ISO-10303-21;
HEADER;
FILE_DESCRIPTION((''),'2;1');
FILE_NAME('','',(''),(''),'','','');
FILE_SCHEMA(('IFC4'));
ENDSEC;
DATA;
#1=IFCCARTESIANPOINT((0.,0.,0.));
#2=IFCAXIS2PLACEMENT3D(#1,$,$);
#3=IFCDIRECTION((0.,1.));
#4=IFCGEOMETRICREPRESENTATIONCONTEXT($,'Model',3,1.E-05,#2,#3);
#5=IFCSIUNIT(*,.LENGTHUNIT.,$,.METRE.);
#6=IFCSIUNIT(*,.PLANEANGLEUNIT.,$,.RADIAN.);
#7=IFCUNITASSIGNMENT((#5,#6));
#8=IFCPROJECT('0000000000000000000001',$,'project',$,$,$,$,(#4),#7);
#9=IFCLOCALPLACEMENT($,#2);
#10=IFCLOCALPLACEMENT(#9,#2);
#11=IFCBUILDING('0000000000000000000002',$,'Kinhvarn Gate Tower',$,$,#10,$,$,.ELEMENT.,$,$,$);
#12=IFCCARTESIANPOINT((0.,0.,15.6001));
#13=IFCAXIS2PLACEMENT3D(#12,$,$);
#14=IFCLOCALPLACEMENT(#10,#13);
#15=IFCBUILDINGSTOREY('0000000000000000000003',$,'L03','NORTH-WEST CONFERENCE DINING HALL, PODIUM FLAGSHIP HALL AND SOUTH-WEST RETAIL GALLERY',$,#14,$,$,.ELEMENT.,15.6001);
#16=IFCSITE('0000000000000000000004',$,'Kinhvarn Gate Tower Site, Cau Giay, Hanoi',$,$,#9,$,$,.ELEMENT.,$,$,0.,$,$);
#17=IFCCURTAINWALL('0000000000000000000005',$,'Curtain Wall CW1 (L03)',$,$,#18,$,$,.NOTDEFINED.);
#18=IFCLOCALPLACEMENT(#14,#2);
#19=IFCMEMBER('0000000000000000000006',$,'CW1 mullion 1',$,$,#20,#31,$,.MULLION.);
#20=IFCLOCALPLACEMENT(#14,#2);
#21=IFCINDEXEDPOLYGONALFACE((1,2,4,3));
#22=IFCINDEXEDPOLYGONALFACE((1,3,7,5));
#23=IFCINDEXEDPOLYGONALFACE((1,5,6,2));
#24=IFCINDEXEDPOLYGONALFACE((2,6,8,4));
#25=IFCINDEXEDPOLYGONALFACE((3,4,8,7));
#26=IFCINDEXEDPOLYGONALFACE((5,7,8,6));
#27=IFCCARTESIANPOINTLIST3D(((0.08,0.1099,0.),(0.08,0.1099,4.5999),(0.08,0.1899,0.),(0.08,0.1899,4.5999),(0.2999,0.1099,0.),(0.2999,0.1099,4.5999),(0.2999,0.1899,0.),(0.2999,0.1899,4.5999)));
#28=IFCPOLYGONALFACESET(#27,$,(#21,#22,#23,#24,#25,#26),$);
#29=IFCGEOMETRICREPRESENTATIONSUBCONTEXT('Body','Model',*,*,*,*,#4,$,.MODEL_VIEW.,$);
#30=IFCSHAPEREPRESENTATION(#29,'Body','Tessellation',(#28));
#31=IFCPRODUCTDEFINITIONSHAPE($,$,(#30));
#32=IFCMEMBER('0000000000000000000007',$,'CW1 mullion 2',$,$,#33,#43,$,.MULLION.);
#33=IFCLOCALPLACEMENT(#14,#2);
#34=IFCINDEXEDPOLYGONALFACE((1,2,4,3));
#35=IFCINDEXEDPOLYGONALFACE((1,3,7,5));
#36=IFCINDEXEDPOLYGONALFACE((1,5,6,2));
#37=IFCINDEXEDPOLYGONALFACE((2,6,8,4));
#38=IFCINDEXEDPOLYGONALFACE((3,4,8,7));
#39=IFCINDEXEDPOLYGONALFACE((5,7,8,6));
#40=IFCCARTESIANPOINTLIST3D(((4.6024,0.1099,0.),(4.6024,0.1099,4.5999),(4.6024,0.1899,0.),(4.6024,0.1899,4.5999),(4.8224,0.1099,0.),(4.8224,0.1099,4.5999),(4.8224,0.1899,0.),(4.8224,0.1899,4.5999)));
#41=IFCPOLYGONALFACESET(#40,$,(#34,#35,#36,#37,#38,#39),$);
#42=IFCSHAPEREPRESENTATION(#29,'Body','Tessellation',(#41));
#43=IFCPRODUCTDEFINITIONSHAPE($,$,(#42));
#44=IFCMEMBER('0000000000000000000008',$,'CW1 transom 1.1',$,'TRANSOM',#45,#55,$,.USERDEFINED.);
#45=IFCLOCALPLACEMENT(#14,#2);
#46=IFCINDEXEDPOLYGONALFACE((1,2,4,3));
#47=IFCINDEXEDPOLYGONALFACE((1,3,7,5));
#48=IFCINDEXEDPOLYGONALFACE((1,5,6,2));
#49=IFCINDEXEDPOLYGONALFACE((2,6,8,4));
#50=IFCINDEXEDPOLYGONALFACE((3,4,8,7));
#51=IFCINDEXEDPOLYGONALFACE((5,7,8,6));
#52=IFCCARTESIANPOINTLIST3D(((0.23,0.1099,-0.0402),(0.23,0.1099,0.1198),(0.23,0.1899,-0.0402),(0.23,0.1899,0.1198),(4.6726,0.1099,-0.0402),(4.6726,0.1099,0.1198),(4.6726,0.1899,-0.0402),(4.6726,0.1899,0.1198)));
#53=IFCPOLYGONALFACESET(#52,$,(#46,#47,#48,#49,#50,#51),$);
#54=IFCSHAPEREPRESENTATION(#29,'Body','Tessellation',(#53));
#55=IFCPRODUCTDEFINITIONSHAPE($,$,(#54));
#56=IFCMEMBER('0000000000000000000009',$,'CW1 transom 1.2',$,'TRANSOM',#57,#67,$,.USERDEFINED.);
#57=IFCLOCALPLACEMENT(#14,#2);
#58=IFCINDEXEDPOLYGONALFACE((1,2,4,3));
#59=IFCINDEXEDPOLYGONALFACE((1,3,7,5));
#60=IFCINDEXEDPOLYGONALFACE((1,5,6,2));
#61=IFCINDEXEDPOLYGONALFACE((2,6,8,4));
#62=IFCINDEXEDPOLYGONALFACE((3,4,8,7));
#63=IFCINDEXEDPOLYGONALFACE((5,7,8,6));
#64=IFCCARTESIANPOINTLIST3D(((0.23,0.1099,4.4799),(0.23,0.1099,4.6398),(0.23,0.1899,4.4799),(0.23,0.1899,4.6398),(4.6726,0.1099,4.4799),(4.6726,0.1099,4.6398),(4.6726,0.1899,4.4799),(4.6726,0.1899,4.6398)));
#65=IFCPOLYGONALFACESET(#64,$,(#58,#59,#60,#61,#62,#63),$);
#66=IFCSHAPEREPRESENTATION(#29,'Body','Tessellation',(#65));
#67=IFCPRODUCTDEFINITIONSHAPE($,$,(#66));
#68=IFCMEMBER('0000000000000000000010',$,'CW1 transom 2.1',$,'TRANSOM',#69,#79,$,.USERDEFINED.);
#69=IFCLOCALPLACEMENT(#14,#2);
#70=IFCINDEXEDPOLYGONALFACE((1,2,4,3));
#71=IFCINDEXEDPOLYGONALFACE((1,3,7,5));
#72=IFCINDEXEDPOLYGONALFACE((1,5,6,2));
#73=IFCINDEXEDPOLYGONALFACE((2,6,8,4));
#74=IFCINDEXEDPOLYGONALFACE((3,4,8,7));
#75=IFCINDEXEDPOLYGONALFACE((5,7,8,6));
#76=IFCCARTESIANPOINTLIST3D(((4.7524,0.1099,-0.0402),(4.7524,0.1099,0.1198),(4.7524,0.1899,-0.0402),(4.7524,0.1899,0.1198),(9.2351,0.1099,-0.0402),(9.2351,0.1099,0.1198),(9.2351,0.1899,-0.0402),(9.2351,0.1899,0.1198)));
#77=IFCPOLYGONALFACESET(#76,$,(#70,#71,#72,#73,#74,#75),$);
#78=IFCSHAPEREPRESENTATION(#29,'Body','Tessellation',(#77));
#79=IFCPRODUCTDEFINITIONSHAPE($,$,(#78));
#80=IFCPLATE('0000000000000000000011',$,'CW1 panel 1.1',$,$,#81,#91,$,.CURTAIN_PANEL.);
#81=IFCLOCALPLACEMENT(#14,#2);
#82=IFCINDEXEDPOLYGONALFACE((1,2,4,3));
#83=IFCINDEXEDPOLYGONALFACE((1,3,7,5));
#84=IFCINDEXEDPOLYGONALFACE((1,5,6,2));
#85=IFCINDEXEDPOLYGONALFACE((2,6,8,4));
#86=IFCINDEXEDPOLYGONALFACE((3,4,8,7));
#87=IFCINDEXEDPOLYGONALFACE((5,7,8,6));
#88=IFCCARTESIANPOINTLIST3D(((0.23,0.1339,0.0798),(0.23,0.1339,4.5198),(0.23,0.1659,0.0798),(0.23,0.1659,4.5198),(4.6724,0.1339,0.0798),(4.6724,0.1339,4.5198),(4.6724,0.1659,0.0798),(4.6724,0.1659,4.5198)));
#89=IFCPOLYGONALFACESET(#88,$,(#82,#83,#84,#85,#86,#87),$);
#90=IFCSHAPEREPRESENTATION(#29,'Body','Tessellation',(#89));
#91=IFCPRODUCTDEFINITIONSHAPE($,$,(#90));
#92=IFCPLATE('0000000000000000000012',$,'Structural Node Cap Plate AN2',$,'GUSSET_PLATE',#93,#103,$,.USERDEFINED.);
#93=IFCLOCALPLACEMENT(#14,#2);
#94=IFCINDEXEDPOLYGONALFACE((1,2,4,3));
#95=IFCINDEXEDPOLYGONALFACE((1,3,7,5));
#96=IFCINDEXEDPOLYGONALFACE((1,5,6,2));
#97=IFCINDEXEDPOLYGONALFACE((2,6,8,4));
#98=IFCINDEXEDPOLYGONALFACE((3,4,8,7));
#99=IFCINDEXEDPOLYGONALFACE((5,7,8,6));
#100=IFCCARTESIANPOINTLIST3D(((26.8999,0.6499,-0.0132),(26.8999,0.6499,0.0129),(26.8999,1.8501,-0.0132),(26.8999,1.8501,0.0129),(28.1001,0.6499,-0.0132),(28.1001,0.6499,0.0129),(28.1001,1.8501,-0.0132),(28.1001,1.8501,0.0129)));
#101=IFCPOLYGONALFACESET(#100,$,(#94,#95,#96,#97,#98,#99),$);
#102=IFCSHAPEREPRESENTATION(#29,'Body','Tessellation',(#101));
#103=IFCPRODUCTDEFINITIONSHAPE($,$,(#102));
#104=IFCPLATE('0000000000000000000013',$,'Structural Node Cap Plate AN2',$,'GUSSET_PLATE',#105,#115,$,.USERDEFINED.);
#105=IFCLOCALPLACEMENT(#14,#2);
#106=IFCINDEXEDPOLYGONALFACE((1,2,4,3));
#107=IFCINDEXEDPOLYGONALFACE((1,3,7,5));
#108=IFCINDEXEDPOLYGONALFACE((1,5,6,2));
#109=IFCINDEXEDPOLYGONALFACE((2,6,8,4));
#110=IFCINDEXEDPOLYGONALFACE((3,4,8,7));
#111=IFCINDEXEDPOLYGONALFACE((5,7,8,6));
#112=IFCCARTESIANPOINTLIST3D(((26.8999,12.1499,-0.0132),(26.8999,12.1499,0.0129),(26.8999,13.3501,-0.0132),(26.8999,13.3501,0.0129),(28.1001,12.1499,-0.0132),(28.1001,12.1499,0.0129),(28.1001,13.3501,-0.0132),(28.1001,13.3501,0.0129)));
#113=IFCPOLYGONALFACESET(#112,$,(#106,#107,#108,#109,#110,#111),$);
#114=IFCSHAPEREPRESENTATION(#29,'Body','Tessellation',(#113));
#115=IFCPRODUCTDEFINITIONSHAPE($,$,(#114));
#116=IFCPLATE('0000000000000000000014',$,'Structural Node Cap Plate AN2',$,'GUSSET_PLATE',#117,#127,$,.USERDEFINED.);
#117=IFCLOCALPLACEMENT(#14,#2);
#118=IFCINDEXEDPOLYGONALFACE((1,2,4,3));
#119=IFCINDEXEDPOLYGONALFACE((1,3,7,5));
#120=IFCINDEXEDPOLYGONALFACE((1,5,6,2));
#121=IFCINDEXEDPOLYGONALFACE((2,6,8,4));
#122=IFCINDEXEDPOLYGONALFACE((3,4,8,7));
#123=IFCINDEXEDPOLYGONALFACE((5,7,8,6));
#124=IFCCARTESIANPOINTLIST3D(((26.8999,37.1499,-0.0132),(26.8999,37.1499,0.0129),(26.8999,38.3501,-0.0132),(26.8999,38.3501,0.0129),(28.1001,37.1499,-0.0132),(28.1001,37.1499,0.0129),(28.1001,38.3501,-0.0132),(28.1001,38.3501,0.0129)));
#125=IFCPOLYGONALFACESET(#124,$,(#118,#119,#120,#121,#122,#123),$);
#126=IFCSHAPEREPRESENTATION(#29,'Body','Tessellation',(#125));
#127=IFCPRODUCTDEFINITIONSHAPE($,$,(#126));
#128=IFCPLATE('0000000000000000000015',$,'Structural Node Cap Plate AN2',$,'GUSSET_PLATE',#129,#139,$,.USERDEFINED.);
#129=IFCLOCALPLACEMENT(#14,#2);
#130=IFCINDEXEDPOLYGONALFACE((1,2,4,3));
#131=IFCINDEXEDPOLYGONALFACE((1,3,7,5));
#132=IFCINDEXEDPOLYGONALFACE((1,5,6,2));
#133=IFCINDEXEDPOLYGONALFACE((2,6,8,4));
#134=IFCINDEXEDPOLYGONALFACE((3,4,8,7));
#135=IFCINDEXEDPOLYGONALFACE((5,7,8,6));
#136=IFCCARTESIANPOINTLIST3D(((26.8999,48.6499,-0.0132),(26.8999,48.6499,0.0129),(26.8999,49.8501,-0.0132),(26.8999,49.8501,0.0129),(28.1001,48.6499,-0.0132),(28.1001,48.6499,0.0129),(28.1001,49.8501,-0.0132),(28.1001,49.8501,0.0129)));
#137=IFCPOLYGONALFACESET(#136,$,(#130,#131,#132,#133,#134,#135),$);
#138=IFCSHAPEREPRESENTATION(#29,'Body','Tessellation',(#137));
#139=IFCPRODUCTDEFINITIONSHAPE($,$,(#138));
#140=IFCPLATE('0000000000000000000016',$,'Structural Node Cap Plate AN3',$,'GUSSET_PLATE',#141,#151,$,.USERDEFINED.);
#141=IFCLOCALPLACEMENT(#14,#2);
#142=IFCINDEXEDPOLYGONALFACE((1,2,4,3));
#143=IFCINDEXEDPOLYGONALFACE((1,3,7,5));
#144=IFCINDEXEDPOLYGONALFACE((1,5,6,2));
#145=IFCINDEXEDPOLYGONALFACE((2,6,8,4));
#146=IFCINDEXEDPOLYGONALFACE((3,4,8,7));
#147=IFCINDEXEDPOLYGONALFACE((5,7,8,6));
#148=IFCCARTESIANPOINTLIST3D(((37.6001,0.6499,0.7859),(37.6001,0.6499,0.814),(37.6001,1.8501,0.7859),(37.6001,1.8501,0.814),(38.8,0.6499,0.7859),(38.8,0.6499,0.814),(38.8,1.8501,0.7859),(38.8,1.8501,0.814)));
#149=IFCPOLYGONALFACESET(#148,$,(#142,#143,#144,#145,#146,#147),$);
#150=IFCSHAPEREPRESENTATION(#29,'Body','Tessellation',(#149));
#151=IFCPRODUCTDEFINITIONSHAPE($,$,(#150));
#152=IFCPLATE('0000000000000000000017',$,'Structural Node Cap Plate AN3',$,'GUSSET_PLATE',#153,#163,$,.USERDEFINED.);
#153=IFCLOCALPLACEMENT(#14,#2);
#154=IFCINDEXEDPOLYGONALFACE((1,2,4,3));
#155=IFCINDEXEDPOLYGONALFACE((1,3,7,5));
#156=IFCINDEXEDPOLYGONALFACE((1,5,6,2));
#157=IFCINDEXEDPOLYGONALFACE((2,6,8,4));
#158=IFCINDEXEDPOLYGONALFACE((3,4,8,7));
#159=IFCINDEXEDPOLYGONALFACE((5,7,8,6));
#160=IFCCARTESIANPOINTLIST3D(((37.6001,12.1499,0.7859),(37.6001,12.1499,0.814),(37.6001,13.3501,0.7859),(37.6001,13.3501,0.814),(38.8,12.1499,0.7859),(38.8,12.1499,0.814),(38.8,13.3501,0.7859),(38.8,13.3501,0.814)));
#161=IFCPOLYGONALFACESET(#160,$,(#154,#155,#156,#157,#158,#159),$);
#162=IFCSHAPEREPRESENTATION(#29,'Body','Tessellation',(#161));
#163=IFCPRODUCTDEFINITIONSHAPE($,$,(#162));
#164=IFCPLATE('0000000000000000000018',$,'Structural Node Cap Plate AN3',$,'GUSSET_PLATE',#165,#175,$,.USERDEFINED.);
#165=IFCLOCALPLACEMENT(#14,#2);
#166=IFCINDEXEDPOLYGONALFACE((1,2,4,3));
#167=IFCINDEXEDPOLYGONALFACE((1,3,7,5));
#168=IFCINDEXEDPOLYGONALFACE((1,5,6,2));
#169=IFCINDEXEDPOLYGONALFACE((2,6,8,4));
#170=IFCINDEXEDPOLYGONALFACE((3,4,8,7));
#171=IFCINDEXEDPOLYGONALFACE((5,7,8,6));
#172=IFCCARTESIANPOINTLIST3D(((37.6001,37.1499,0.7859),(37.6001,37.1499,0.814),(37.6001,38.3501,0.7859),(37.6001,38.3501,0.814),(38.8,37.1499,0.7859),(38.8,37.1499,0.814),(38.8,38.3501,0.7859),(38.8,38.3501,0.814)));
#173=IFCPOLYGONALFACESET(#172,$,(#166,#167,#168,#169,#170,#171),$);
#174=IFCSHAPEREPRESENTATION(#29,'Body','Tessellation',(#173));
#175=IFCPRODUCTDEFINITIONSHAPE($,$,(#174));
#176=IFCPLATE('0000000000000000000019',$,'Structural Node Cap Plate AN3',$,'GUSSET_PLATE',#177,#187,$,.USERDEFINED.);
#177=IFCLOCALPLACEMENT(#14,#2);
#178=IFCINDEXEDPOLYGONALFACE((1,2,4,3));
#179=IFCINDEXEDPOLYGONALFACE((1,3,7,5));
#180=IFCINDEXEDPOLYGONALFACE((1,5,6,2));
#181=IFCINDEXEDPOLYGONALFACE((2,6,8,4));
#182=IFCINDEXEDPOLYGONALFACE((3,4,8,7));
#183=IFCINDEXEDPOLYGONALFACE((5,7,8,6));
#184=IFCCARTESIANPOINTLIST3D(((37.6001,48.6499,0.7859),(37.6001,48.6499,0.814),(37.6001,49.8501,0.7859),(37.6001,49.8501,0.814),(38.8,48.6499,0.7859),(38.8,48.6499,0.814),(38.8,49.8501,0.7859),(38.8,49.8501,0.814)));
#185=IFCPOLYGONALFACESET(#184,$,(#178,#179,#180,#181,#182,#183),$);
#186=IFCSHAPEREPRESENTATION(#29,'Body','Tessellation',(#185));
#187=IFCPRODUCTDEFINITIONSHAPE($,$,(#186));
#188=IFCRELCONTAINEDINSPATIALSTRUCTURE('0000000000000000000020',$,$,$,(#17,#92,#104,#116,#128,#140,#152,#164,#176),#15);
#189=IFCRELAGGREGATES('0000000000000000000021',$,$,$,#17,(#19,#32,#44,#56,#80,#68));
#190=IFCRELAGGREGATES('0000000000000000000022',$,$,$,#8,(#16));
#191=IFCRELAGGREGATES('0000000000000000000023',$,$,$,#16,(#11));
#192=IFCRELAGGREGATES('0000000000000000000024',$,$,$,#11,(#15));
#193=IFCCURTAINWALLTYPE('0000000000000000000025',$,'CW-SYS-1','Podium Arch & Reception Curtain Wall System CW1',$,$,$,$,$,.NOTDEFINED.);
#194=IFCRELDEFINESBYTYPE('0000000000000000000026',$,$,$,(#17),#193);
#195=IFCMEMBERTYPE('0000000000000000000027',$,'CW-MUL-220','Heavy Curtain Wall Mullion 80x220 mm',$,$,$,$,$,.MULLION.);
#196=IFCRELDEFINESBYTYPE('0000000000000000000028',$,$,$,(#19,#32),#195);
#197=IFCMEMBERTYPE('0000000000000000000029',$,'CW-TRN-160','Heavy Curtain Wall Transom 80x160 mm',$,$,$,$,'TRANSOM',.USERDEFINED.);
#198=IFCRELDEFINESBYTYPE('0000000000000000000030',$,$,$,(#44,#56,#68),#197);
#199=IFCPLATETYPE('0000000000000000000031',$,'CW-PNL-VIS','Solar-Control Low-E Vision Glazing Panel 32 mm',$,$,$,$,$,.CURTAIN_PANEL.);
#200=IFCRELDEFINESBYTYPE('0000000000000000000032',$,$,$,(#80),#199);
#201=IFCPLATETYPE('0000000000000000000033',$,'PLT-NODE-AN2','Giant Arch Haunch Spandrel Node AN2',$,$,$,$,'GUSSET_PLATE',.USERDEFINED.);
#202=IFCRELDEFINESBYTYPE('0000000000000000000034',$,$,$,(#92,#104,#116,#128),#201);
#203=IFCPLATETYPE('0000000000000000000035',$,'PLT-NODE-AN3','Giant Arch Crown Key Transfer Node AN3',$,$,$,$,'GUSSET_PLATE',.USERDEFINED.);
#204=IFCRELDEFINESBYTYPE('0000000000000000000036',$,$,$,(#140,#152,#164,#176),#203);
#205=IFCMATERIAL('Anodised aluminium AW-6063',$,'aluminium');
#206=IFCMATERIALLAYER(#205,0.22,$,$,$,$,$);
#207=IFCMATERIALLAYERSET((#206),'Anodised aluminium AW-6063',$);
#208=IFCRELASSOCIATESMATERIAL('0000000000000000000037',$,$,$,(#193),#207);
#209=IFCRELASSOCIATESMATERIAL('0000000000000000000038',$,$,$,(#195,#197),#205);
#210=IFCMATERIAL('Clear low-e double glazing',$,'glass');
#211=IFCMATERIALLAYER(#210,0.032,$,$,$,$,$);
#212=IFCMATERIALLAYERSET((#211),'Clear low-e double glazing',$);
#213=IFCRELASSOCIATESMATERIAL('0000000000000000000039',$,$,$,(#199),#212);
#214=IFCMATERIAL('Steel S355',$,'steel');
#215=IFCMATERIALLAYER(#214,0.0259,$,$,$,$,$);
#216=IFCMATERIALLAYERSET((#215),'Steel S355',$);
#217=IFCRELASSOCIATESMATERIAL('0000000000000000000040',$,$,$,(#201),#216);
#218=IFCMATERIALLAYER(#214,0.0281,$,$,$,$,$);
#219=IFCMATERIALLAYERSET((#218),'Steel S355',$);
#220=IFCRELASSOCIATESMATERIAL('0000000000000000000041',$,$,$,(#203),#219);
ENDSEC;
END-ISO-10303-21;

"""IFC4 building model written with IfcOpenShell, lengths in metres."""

from ifc_helpers import new_model, si_unit, direction, frame, origin, origin_2d, place, context, subcontext, project, spatial, polyline, rectangle, outline, extrude, material, layer, layer_set, material_profile, profile_set, type_object, element, aggregate, save


model = new_model("IFC4")

# Units and contexts
model_context = context("Model", 3, precision=1e-05, world=origin(), true_north=direction((0.0, 1.0)))
body_context = subcontext(model_context, "Body", "Model", "MODEL_VIEW")
ifc_project = project(units=[si_unit("LENGTHUNIT", "METRE"), si_unit("PLANEANGLEUNIT", "RADIAN")], contexts=[model_context])

# Site, building, storey
site_placement = place(None, origin())
site = spatial("IfcSite", under=ifc_project, at=site_placement, Name="Kinhvarn Gate Tower Site, Cau Giay, Hanoi", CompositionType="ELEMENT", RefElevation=0.0)
building_placement = place(site_placement, origin())
building = spatial("IfcBuilding", under=site, at=building_placement, Name="Kinhvarn Gate Tower", CompositionType="ELEMENT")
storey_placement = place(building_placement, frame((0.0, 0.0, 15.6001)))
storey = spatial("IfcBuildingStorey", under=building, at=storey_placement, Name="L03", Description="NORTH-WEST CONFERENCE DINING HALL, PODIUM FLAGSHIP HALL AND SOUTH-WEST RETAIL GALLERY", CompositionType="ELEMENT", Elevation=15.6001)

# Curtain wall, members, plate
ifc_material_1 = material(Name="Anodised aluminium AW-6063", Category="aluminium")
ifc_layer_1 = layer(ifc_material_1, 0.22)
ifc_layer_set_1 = layer_set([ifc_layer_1], Name="Anodised aluminium AW-6063")
curtain_wall_type = type_object("IfcCurtainWallType", Name="CW-SYS-1", Description="Podium Arch & Reception Curtain Wall System CW1", PredefinedType="NOTDEFINED", material=ifc_layer_set_1)
curtain_wall_placement = place(storey_placement, origin())
curtain_wall = element("IfcCurtainWall", 1, at=curtain_wall_placement, inside=storey, type_object=curtain_wall_type, Name="Curtain Wall CW1 (L03)", PredefinedType="NOTDEFINED")
ifc_material_profile_1 = material_profile(ifc_material_1, rectangle(XDim=0.0801, YDim=0.22, at=origin_2d()), Name="ALU 80x220")
ifc_profile_set_1 = profile_set([ifc_material_profile_1], Name="Anodised aluminium AW-6063")
member_type_1 = type_object("IfcMemberType", Name="CW-MUL-220", Description="Heavy Curtain Wall Mullion 80x220 mm", PredefinedType="MULLION", material=ifc_profile_set_1)
member_1_placement = place(storey_placement, frame((0.1899, 0.1499, 0.0), z_axis=(0.0, 0.0, 1.0), x_axis=(0.0, 1.0, 0.0)))
member_1 = element("IfcMember", 2, at=member_1_placement, type_object=member_type_1, Name="CW1 mullion 1", PredefinedType="MULLION", context=body_context, shape_type="SweptSolid", body=[
    extrude(rectangle(XDim=0.0801, YDim=0.22, at=origin_2d()), origin(), (0.0, 0.0, 1.0), 4.5999),
])
member_2_placement = place(storey_placement, frame((4.7124, 0.1499, 0.0), z_axis=(0.0, 0.0, 1.0), x_axis=(0.0, 1.0, 0.0)))
member_2 = element("IfcMember", 3, at=member_2_placement, type_object=member_type_1, Name="CW1 mullion 2", PredefinedType="MULLION", context=body_context, shape_type="SweptSolid", body=[
    extrude(rectangle(XDim=0.0801, YDim=0.22, at=origin_2d()), origin(), (0.0, 0.0, 1.0), 4.5999),
])
ifc_material_profile_2 = material_profile(ifc_material_1, rectangle(XDim=0.0801, YDim=0.1599, at=origin_2d()), Name="ALU 80x160")
ifc_profile_set_2 = profile_set([ifc_material_profile_2], Name="Anodised aluminium AW-6063")
member_type_2 = type_object("IfcMemberType", Name="CW-TRN-160", Description="Heavy Curtain Wall Transom 80x160 mm", ElementType="TRANSOM", PredefinedType="USERDEFINED", material=ifc_profile_set_2)
member_3_placement = place(storey_placement, frame((0.23, 0.1499, 0.0398), z_axis=(1.0, 0.0, 0.0), x_axis=(0.0, 1.0, 0.0)))
member_3 = element("IfcMember", 4, at=member_3_placement, type_object=member_type_2, Name="CW1 transom 1.1", ObjectType="TRANSOM", PredefinedType="USERDEFINED", context=body_context, shape_type="SweptSolid", body=[
    extrude(rectangle(XDim=0.0801, YDim=0.1599, at=origin_2d()), origin(), (0.0, 0.0, 1.0), 4.4426),
])
member_4_placement = place(storey_placement, frame((0.23, 0.1499, 4.5598), z_axis=(1.0, 0.0, 0.0), x_axis=(0.0, 1.0, 0.0)))
member_4 = element("IfcMember", 5, at=member_4_placement, type_object=member_type_2, Name="CW1 transom 1.2", ObjectType="TRANSOM", PredefinedType="USERDEFINED", context=body_context, shape_type="SweptSolid", body=[
    extrude(rectangle(XDim=0.0801, YDim=0.1599, at=origin_2d()), origin(), (0.0, 0.0, 1.0), 4.4426),
])
member_5_placement = place(storey_placement, frame((4.7524, 0.1499, 0.0398), z_axis=(1.0, 0.0, 0.0), x_axis=(0.0, 1.0, 0.0)))
member_5 = element("IfcMember", 6, at=member_5_placement, type_object=member_type_2, Name="CW1 transom 2.1", ObjectType="TRANSOM", PredefinedType="USERDEFINED", context=body_context, shape_type="SweptSolid", body=[
    extrude(rectangle(XDim=0.0801, YDim=0.1599, at=origin_2d()), origin(), (0.0, 0.0, 1.0), 4.4827),
])
ifc_material_2 = material(Name="Clear low-e double glazing", Category="glass")
ifc_layer_2 = layer(ifc_material_2, 0.032)
ifc_layer_set_2 = layer_set([ifc_layer_2], Name="Clear low-e double glazing")
plate_type_1 = type_object("IfcPlateType", Name="CW-PNL-VIS", Description="Solar-Control Low-E Vision Glazing Panel 32 mm", PredefinedType="CURTAIN_PANEL", material=ifc_layer_set_2)
plate_1_placement = place(storey_placement, frame((2.4512, 0.1499, 0.0798), z_axis=(0.0, 0.0, 1.0), x_axis=(1.0, 0.0, 0.0)))
plate_1 = element("IfcPlate", 7, at=plate_1_placement, type_object=plate_type_1, Name="CW1 panel 1.1", PredefinedType="CURTAIN_PANEL", context=body_context, shape_type="SweptSolid", body=[
    extrude(rectangle(XDim=4.4424, YDim=0.032, at=origin_2d()), origin(), (0.0, 0.0, 1.0), 4.4399),
])
aggregate(curtain_wall, [member_1, member_2, member_3, member_4, plate_1, member_5])

# Plates
ifc_material_3 = material(Name="Steel S355", Category="steel")
ifc_layer_3 = layer(ifc_material_3, 0.0259)
ifc_layer_set_3 = layer_set([ifc_layer_3], Name="Steel S355")
plate_type_2 = type_object("IfcPlateType", Name="PLT-NODE-AN2", Description="Giant Arch Haunch Spandrel Node AN2", ElementType="GUSSET_PLATE", PredefinedType="USERDEFINED", material=ifc_layer_set_3)
plate_2_placement = place(storey_placement, frame((0.0, 0.0, -0.0132)))
element("IfcPlate", 8, at=plate_2_placement, inside=storey, type_object=plate_type_2, Name="Structural Node Cap Plate AN2", ObjectType="GUSSET_PLATE", PredefinedType="USERDEFINED", context=body_context, shape_type="SweptSolid", body=[
    extrude(outline(polyline([(26.8999, 0.6499), (28.1001, 0.6499), (28.1001, 1.8501), (26.8999, 1.8501), (26.8999, 0.6499)])), origin(), (0.0, 0.0, 1.0), 0.0261),
])
plate_3_placement = place(storey_placement, frame((0.0, 0.0, -0.0132)))
element("IfcPlate", 9, at=plate_3_placement, inside=storey, type_object=plate_type_2, Name="Structural Node Cap Plate AN2", ObjectType="GUSSET_PLATE", PredefinedType="USERDEFINED", context=body_context, shape_type="SweptSolid", body=[
    extrude(outline(polyline([(26.8999, 12.1499), (28.1001, 12.1499), (28.1001, 13.3501), (26.8999, 13.3501), (26.8999, 12.1499)])), origin(), (0.0, 0.0, 1.0), 0.0261),
])
plate_4_placement = place(storey_placement, frame((0.0, 0.0, -0.0132)))
element("IfcPlate", 10, at=plate_4_placement, inside=storey, type_object=plate_type_2, Name="Structural Node Cap Plate AN2", ObjectType="GUSSET_PLATE", PredefinedType="USERDEFINED", context=body_context, shape_type="SweptSolid", body=[
    extrude(outline(polyline([(26.8999, 37.1499), (28.1001, 37.1499), (28.1001, 38.3501), (26.8999, 38.3501), (26.8999, 37.1499)])), origin(), (0.0, 0.0, 1.0), 0.0261),
])
plate_5_placement = place(storey_placement, frame((0.0, 0.0, -0.0132)))
element("IfcPlate", 11, at=plate_5_placement, inside=storey, type_object=plate_type_2, Name="Structural Node Cap Plate AN2", ObjectType="GUSSET_PLATE", PredefinedType="USERDEFINED", context=body_context, shape_type="SweptSolid", body=[
    extrude(outline(polyline([(26.8999, 48.6499), (28.1001, 48.6499), (28.1001, 49.8501), (26.8999, 49.8501), (26.8999, 48.6499)])), origin(), (0.0, 0.0, 1.0), 0.0261),
])
ifc_layer_4 = layer(ifc_material_3, 0.0281)
ifc_layer_set_4 = layer_set([ifc_layer_4], Name="Steel S355")
plate_type_3 = type_object("IfcPlateType", Name="PLT-NODE-AN3", Description="Giant Arch Crown Key Transfer Node AN3", ElementType="GUSSET_PLATE", PredefinedType="USERDEFINED", material=ifc_layer_set_4)
plate_6_placement = place(storey_placement, frame((0.0, 0.0, 0.7859)))
element("IfcPlate", 12, at=plate_6_placement, inside=storey, type_object=plate_type_3, Name="Structural Node Cap Plate AN3", ObjectType="GUSSET_PLATE", PredefinedType="USERDEFINED", context=body_context, shape_type="SweptSolid", body=[
    extrude(outline(polyline([(37.6001, 0.6499), (38.8, 0.6499), (38.8, 1.8501), (37.6001, 1.8501), (37.6001, 0.6499)])), origin(), (0.0, 0.0, 1.0), 0.0281),
])
plate_7_placement = place(storey_placement, frame((0.0, 0.0, 0.7859)))
element("IfcPlate", 13, at=plate_7_placement, inside=storey, type_object=plate_type_3, Name="Structural Node Cap Plate AN3", ObjectType="GUSSET_PLATE", PredefinedType="USERDEFINED", context=body_context, shape_type="SweptSolid", body=[
    extrude(outline(polyline([(37.6001, 12.1499), (38.8, 12.1499), (38.8, 13.3501), (37.6001, 13.3501), (37.6001, 12.1499)])), origin(), (0.0, 0.0, 1.0), 0.0281),
])
plate_8_placement = place(storey_placement, frame((0.0, 0.0, 0.7859)))
element("IfcPlate", 14, at=plate_8_placement, inside=storey, type_object=plate_type_3, Name="Structural Node Cap Plate AN3", ObjectType="GUSSET_PLATE", PredefinedType="USERDEFINED", context=body_context, shape_type="SweptSolid", body=[
    extrude(outline(polyline([(37.6001, 37.1499), (38.8, 37.1499), (38.8, 38.3501), (37.6001, 38.3501), (37.6001, 37.1499)])), origin(), (0.0, 0.0, 1.0), 0.0281),
])
plate_9_placement = place(storey_placement, frame((0.0, 0.0, 0.7859)))
element("IfcPlate", 15, at=plate_9_placement, inside=storey, type_object=plate_type_3, Name="Structural Node Cap Plate AN3", ObjectType="GUSSET_PLATE", PredefinedType="USERDEFINED", context=body_context, shape_type="SweptSolid", body=[
    extrude(outline(polyline([(37.6001, 48.6499), (38.8, 48.6499), (38.8, 49.8501), (37.6001, 49.8501), (37.6001, 48.6499)])), origin(), (0.0, 0.0, 1.0), 0.0281),
])

save(model, "model.ifc")
